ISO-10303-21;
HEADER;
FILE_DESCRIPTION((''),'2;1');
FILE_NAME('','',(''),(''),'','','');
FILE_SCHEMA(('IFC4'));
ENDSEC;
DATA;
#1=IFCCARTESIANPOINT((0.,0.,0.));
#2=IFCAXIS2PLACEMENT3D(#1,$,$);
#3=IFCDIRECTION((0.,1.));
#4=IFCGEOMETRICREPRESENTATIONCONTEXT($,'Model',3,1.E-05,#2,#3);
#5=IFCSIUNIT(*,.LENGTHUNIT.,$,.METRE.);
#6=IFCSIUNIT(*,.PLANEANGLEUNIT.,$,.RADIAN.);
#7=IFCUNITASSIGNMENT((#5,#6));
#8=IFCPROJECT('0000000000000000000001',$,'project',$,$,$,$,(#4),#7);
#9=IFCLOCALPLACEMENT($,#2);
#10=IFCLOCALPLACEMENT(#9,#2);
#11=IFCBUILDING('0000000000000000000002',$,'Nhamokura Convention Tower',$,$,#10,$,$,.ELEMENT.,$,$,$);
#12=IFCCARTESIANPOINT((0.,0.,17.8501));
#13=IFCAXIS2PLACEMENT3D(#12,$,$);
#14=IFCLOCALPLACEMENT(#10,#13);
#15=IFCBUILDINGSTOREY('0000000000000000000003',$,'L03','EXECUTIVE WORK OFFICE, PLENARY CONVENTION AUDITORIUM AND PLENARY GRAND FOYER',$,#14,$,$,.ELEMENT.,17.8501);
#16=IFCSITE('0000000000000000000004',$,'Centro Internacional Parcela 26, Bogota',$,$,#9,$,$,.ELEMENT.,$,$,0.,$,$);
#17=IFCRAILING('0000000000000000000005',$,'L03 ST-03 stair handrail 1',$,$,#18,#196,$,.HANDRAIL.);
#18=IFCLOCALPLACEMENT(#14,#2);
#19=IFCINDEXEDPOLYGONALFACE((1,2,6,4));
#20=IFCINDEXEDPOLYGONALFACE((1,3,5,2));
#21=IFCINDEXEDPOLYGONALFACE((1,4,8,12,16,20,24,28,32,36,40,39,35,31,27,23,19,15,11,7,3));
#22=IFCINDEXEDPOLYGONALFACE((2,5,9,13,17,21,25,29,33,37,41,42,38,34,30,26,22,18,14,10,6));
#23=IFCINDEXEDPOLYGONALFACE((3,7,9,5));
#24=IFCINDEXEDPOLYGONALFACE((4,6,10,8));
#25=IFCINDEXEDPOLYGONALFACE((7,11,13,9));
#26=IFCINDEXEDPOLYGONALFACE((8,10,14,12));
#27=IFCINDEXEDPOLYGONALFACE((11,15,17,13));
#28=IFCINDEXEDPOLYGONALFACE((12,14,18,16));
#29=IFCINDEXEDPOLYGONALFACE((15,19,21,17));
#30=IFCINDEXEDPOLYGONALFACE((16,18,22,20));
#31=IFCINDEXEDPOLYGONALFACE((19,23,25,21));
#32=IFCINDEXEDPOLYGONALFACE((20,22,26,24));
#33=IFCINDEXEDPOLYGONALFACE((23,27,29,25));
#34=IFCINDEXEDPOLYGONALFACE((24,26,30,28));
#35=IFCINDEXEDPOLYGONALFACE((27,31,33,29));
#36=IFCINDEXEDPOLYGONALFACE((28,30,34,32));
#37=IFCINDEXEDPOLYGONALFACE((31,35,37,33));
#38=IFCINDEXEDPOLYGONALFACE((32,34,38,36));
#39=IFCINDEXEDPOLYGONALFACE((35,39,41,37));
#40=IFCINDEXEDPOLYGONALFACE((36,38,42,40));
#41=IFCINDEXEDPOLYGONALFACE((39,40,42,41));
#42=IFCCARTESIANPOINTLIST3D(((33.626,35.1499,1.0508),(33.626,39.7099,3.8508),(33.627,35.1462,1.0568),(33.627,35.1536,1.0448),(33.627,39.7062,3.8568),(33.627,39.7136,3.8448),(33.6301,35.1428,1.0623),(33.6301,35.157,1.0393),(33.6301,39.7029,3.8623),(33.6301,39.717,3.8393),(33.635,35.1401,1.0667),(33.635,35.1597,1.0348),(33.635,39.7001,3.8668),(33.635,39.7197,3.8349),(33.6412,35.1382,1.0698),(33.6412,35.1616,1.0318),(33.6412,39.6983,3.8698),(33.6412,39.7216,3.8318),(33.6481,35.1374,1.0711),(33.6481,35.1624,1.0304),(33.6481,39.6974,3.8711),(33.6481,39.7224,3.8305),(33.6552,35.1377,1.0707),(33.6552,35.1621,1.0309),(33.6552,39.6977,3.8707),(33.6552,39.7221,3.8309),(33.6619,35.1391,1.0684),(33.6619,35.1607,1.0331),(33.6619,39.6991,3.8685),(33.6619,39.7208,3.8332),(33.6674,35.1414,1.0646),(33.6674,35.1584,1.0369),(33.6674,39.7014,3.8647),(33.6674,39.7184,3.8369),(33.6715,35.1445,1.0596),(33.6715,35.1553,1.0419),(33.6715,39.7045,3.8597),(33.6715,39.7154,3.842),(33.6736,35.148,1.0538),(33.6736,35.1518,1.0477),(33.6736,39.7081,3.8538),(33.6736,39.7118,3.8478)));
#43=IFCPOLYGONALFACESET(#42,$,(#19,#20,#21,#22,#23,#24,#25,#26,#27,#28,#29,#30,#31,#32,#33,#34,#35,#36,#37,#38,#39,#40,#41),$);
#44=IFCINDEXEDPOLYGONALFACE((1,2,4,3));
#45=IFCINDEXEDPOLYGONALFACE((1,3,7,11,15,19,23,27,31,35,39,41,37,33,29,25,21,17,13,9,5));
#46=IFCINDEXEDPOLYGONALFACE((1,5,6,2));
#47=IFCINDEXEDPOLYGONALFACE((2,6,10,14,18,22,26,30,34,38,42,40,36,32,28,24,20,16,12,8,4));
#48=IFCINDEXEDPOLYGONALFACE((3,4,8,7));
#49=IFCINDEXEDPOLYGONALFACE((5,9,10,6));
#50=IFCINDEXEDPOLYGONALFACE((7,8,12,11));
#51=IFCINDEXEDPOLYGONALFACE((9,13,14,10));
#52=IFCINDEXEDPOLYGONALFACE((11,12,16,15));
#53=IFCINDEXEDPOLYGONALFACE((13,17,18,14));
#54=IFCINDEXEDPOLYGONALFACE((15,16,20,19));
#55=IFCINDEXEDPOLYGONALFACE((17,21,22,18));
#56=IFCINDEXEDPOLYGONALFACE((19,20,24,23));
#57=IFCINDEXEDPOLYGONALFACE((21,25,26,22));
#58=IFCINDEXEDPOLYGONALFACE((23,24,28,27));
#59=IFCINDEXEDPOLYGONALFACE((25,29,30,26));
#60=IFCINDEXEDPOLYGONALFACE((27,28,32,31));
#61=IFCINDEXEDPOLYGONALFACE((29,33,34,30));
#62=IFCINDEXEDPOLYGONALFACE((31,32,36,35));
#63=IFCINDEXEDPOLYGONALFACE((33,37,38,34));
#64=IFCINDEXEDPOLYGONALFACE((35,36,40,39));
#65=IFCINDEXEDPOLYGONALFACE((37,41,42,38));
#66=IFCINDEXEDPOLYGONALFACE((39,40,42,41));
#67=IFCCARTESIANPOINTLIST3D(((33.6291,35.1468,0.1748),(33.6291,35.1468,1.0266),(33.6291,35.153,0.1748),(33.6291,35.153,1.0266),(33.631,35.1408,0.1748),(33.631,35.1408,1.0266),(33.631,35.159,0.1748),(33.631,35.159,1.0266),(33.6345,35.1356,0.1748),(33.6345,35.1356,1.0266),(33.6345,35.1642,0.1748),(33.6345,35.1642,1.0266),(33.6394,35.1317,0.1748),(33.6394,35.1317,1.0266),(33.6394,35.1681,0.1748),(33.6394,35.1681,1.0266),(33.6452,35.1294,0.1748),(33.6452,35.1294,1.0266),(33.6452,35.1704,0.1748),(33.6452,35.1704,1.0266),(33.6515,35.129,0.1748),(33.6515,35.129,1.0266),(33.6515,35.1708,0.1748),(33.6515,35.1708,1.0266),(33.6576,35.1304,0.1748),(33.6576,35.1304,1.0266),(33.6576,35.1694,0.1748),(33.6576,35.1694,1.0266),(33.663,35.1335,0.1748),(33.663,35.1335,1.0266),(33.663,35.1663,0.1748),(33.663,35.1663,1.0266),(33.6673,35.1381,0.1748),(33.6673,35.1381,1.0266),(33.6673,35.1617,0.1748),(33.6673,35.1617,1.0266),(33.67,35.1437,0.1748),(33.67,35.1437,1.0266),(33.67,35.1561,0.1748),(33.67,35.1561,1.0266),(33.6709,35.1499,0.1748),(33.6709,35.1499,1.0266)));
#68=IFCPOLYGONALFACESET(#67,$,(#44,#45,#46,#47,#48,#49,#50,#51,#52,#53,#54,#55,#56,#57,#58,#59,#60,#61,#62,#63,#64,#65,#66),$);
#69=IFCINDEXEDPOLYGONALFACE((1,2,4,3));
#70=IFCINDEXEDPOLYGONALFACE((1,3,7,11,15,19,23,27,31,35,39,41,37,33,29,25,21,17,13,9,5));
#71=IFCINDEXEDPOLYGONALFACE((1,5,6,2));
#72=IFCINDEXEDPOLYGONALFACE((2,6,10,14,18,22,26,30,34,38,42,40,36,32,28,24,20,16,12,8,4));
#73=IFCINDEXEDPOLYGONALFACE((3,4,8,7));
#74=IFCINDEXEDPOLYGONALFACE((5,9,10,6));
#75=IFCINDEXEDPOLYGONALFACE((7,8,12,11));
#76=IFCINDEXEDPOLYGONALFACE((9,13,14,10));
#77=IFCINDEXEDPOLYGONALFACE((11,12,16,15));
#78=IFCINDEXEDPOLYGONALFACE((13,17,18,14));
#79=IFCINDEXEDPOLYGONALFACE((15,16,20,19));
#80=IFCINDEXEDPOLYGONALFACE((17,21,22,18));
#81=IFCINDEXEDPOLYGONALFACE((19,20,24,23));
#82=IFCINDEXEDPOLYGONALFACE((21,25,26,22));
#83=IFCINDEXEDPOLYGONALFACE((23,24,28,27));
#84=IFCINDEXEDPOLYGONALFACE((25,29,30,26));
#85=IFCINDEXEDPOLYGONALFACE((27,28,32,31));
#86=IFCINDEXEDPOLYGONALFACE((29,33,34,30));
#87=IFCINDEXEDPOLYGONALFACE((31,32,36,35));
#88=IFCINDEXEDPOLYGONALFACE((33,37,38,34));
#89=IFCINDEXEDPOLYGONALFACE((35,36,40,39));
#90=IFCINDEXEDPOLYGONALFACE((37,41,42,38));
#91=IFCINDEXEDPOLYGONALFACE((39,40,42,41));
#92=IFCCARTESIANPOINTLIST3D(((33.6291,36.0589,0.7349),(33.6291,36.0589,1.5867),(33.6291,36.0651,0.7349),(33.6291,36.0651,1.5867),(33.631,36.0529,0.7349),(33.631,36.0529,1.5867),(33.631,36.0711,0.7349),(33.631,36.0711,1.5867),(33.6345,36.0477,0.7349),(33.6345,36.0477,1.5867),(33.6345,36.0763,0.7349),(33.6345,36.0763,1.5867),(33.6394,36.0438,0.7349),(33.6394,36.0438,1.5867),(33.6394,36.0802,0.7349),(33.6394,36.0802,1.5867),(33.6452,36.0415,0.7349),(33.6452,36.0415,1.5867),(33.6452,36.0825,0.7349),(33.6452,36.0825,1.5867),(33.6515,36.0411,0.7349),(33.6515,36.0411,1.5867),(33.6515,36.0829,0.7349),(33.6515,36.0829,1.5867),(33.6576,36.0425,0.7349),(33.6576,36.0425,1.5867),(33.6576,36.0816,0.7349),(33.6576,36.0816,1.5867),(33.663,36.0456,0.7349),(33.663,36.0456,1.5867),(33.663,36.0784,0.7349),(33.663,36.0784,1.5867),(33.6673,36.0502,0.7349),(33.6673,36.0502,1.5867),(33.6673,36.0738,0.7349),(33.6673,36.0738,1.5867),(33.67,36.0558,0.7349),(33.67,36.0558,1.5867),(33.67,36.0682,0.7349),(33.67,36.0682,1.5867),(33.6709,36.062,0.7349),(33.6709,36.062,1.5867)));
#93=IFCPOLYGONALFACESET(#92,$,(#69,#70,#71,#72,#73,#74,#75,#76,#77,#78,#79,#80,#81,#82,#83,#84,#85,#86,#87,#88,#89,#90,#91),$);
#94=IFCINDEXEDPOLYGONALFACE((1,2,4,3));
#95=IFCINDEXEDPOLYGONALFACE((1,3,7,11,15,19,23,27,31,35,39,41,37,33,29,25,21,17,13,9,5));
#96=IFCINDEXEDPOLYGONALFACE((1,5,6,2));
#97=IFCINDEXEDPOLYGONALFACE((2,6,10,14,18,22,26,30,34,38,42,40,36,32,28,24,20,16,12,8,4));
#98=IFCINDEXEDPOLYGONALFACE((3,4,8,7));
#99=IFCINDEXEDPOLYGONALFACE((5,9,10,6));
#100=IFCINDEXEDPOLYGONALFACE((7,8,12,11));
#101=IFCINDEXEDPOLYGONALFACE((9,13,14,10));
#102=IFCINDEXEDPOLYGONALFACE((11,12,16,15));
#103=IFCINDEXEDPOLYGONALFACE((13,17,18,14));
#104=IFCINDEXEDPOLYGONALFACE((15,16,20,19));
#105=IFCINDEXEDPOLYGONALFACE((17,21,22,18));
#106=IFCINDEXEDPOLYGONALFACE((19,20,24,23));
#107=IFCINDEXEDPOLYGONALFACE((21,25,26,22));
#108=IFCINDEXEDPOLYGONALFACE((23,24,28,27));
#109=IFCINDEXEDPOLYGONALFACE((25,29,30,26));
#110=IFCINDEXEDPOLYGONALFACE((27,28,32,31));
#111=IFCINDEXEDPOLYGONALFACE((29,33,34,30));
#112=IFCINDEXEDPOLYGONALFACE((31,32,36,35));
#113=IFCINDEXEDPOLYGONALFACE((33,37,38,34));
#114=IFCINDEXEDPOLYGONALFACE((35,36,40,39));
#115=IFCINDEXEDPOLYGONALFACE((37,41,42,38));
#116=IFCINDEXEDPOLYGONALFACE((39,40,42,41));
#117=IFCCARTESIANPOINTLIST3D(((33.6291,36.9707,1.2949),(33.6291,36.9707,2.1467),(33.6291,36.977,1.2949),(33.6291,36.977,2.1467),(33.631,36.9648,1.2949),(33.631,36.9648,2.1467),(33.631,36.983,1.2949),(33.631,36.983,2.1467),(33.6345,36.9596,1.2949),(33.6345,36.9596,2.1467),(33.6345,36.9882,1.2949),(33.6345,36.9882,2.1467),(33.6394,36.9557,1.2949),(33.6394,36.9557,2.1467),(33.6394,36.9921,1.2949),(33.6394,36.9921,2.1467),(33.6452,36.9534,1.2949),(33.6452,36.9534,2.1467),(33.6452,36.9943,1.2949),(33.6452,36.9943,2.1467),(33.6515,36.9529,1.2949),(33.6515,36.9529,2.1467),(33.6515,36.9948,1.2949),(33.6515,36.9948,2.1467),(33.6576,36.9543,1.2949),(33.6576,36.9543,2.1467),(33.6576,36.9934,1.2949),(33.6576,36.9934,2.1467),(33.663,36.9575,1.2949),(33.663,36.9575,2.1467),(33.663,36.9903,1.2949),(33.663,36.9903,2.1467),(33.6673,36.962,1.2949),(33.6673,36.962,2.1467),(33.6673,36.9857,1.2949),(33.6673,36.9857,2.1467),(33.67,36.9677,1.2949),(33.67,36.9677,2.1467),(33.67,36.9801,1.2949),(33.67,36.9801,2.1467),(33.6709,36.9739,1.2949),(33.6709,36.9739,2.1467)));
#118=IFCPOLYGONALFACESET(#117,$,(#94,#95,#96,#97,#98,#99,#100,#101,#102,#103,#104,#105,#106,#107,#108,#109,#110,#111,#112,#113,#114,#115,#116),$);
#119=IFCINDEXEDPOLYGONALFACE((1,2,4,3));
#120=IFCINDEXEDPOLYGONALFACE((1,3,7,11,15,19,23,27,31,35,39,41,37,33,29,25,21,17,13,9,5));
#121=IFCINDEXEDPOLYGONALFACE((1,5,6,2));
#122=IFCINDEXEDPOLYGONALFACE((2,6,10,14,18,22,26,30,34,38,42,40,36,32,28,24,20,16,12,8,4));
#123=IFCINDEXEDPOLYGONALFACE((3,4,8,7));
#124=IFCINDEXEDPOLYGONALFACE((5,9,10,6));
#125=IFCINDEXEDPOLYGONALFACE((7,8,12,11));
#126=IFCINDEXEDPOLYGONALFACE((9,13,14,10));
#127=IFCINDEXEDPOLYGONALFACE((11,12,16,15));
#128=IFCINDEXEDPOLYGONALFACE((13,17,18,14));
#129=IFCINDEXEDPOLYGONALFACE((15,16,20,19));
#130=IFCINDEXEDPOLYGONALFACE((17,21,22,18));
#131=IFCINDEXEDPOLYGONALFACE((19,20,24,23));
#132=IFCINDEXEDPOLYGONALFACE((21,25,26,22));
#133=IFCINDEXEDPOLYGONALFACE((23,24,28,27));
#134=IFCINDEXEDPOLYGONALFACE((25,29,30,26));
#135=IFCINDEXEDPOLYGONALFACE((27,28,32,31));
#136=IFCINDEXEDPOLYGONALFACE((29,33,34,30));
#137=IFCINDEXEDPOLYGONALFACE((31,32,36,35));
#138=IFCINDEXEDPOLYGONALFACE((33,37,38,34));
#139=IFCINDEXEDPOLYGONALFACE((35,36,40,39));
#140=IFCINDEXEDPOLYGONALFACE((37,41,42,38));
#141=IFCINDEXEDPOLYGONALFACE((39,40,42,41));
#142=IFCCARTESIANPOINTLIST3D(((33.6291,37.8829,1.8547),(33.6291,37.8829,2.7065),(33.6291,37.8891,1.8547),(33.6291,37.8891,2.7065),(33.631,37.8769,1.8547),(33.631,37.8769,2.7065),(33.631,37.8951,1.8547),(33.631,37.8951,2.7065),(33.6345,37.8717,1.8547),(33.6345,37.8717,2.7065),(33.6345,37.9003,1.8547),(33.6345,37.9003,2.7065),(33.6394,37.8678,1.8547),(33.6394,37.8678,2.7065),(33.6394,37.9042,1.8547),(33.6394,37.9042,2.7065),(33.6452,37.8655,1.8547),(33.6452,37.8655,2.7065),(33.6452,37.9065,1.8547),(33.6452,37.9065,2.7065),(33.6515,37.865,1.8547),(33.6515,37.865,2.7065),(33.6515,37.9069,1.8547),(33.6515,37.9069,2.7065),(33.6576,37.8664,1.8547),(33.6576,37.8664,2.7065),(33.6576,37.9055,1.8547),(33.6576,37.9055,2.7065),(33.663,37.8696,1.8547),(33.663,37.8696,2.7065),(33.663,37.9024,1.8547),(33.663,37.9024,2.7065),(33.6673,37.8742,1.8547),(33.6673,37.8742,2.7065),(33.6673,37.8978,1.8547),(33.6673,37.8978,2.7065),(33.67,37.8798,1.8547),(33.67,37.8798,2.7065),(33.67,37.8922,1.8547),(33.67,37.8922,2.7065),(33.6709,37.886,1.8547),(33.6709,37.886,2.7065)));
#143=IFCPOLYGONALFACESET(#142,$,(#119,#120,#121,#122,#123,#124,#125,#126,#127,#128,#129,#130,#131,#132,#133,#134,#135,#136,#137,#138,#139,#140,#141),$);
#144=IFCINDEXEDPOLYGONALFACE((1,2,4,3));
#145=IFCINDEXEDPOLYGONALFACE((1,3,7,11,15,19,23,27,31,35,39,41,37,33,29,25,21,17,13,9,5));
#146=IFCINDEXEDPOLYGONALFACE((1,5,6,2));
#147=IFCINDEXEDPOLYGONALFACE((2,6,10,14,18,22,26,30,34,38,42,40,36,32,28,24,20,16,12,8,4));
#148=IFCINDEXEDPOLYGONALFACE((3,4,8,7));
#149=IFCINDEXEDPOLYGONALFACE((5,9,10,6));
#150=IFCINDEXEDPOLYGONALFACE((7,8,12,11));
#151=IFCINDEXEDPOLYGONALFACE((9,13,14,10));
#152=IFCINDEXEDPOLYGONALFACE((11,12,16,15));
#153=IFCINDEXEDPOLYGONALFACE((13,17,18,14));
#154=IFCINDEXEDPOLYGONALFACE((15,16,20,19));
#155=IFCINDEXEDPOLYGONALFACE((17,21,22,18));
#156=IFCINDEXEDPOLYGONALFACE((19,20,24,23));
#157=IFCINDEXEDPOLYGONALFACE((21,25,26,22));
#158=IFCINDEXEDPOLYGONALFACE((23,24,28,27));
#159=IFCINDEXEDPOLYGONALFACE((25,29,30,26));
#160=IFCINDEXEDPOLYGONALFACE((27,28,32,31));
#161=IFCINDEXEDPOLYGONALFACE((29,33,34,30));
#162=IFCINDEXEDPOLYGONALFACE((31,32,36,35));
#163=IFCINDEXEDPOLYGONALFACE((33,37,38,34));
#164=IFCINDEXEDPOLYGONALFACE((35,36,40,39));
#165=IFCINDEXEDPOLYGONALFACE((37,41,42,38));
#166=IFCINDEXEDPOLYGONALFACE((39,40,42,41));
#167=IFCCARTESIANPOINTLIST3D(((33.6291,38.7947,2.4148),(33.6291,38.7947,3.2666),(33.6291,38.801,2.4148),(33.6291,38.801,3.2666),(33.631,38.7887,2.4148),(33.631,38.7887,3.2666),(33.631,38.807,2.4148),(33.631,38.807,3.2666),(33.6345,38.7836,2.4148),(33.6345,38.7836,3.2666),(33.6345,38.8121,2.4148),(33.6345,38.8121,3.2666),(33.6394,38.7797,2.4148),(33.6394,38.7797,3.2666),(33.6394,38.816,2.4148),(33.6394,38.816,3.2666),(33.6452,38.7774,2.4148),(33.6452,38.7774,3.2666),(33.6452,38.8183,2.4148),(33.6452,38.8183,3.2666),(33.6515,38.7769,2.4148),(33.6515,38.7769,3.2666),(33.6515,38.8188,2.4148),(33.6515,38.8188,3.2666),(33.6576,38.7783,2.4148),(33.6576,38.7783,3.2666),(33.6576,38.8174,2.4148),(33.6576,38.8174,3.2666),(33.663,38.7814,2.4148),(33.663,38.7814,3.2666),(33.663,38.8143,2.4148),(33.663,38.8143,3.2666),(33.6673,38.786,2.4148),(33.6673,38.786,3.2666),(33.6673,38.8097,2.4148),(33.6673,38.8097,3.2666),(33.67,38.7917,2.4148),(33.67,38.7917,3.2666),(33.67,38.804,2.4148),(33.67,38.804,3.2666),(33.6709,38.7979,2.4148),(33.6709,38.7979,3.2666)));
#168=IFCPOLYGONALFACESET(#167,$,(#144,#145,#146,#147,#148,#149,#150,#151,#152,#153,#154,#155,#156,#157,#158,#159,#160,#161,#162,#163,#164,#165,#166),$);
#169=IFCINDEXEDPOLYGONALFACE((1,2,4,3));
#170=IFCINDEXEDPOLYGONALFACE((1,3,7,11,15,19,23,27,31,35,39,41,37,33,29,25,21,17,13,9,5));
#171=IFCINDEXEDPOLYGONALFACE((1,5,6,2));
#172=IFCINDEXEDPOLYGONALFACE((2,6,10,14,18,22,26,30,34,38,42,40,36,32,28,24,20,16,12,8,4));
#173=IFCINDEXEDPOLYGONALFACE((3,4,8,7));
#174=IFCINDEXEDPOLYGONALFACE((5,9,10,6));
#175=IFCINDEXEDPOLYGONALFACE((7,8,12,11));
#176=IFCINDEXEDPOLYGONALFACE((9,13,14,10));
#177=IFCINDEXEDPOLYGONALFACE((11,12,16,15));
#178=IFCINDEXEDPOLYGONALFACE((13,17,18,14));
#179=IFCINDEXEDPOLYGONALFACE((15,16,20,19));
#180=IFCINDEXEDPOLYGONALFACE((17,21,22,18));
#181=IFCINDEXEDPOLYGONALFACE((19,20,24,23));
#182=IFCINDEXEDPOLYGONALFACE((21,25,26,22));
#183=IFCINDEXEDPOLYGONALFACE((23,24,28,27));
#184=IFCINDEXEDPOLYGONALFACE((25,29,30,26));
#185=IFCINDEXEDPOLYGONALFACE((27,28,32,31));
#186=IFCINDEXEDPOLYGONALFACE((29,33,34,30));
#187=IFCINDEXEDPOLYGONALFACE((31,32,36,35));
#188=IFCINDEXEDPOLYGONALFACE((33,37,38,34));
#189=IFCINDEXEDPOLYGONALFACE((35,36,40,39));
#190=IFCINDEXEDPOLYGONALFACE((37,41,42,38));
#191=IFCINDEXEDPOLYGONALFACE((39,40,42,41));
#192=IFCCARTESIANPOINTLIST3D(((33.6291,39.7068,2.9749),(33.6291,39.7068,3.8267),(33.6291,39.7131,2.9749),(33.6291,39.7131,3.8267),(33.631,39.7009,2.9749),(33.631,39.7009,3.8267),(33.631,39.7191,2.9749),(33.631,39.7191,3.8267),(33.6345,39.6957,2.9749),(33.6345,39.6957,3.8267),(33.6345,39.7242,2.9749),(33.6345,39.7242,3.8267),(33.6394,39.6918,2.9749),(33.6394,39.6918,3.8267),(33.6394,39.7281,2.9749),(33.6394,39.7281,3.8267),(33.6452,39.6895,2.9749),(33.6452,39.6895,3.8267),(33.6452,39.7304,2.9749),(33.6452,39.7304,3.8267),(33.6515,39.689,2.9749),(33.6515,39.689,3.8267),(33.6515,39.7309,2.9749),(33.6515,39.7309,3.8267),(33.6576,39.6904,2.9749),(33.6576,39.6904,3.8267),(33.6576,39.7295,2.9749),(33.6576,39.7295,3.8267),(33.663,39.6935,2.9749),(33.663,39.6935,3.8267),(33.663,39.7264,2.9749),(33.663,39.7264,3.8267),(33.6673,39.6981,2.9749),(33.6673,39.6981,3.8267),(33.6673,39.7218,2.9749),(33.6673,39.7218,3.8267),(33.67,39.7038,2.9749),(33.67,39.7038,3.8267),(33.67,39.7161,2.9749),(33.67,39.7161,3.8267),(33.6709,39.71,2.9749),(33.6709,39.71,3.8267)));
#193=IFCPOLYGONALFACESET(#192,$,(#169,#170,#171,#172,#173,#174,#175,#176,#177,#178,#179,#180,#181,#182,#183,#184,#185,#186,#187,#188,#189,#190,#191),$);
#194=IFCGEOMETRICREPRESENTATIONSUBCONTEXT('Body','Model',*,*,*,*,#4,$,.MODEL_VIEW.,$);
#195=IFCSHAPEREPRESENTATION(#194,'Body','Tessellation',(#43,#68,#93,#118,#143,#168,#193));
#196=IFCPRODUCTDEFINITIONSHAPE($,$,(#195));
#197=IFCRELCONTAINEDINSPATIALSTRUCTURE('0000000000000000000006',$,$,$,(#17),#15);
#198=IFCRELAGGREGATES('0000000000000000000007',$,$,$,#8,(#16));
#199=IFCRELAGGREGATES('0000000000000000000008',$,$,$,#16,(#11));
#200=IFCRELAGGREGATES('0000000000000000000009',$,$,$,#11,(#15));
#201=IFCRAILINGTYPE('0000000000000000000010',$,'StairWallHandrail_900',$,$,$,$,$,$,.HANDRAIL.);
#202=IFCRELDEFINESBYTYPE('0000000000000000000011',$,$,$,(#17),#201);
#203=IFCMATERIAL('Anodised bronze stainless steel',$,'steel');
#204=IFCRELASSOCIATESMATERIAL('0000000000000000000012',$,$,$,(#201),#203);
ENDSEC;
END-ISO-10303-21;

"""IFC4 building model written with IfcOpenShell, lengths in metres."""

from ifc_helpers import new_model, si_unit, direction, frame, origin, origin_2d, place, context, subcontext, project, spatial, circle, extrude, material, type_object, element, save


model = new_model("IFC4")

# Units and contexts
model_context = context("Model", 3, precision=1e-05, world=origin(), true_north=direction((0.0, 1.0)))
body_context = subcontext(model_context, "Body", "Model", "MODEL_VIEW")
ifc_project = project(units=[si_unit("LENGTHUNIT", "METRE"), si_unit("PLANEANGLEUNIT", "RADIAN")], contexts=[model_context])

# Site, building, storey
site_placement = place(None, origin())
site = spatial("IfcSite", under=ifc_project, at=site_placement, Name="Centro Internacional Parcela 26, Bogota", CompositionType="ELEMENT", RefElevation=0.0)
building_placement = place(site_placement, origin())
building = spatial("IfcBuilding", under=site, at=building_placement, Name="Nhamokura Convention Tower", CompositionType="ELEMENT")
storey_placement = place(building_placement, frame((0.0, 0.0, 17.8501)))
storey = spatial("IfcBuildingStorey", under=building, at=storey_placement, Name="L03", Description="EXECUTIVE WORK OFFICE, PLENARY CONVENTION AUDITORIUM AND PLENARY GRAND FOYER", CompositionType="ELEMENT", Elevation=17.8501)

# Railing
ifc_material_1 = material(Name="Anodised bronze stainless steel", Category="steel")
railing_type_1 = type_object("IfcRailingType", Name="StairWallHandrail_900", PredefinedType="HANDRAIL", material=ifc_material_1)
railing_1_placement = place(storey_placement, frame((33.6499, 35.1499, 0.1748)))
element("IfcRailing", 1, at=railing_1_placement, inside=storey, type_object=railing_type_1, Name="L03 ST-03 stair handrail 1", PredefinedType="HANDRAIL", context=body_context, shape_type="SweptSolid", body=[
    extrude(circle(Radius=0.0239, at=origin_2d()), frame((0.0, 0.0, 0.876), z_axis=(0.0, 0.85217, 0.523265), x_axis=(-1.0, 0.0, 0.0)), (0.0, 0.0, 1.0), 5.3511),
    extrude(circle(Radius=0.021, at=origin_2d()), origin(), (0.0, 0.0, 1.0), 0.8518),
    extrude(circle(Radius=0.021, at=origin_2d()), frame((0.0, 0.9121, 0.5601)), (0.0, 0.0, 1.0), 0.8518),
    extrude(circle(Radius=0.021, at=origin_2d()), frame((0.0, 1.824, 1.1201)), (0.0, 0.0, 1.0), 0.8518),
    extrude(circle(Radius=0.021, at=origin_2d()), frame((0.0, 2.7361, 1.6799)), (0.0, 0.0, 1.0), 0.8518),
    extrude(circle(Radius=0.021, at=origin_2d()), frame((0.0, 3.6479, 2.24)), (0.0, 0.0, 1.0), 0.8518),
    extrude(circle(Radius=0.021, at=origin_2d()), frame((0.0, 4.5601, 2.8)), (0.0, 0.0, 1.0), 0.8518),
])

save(model, "model.ifc")
